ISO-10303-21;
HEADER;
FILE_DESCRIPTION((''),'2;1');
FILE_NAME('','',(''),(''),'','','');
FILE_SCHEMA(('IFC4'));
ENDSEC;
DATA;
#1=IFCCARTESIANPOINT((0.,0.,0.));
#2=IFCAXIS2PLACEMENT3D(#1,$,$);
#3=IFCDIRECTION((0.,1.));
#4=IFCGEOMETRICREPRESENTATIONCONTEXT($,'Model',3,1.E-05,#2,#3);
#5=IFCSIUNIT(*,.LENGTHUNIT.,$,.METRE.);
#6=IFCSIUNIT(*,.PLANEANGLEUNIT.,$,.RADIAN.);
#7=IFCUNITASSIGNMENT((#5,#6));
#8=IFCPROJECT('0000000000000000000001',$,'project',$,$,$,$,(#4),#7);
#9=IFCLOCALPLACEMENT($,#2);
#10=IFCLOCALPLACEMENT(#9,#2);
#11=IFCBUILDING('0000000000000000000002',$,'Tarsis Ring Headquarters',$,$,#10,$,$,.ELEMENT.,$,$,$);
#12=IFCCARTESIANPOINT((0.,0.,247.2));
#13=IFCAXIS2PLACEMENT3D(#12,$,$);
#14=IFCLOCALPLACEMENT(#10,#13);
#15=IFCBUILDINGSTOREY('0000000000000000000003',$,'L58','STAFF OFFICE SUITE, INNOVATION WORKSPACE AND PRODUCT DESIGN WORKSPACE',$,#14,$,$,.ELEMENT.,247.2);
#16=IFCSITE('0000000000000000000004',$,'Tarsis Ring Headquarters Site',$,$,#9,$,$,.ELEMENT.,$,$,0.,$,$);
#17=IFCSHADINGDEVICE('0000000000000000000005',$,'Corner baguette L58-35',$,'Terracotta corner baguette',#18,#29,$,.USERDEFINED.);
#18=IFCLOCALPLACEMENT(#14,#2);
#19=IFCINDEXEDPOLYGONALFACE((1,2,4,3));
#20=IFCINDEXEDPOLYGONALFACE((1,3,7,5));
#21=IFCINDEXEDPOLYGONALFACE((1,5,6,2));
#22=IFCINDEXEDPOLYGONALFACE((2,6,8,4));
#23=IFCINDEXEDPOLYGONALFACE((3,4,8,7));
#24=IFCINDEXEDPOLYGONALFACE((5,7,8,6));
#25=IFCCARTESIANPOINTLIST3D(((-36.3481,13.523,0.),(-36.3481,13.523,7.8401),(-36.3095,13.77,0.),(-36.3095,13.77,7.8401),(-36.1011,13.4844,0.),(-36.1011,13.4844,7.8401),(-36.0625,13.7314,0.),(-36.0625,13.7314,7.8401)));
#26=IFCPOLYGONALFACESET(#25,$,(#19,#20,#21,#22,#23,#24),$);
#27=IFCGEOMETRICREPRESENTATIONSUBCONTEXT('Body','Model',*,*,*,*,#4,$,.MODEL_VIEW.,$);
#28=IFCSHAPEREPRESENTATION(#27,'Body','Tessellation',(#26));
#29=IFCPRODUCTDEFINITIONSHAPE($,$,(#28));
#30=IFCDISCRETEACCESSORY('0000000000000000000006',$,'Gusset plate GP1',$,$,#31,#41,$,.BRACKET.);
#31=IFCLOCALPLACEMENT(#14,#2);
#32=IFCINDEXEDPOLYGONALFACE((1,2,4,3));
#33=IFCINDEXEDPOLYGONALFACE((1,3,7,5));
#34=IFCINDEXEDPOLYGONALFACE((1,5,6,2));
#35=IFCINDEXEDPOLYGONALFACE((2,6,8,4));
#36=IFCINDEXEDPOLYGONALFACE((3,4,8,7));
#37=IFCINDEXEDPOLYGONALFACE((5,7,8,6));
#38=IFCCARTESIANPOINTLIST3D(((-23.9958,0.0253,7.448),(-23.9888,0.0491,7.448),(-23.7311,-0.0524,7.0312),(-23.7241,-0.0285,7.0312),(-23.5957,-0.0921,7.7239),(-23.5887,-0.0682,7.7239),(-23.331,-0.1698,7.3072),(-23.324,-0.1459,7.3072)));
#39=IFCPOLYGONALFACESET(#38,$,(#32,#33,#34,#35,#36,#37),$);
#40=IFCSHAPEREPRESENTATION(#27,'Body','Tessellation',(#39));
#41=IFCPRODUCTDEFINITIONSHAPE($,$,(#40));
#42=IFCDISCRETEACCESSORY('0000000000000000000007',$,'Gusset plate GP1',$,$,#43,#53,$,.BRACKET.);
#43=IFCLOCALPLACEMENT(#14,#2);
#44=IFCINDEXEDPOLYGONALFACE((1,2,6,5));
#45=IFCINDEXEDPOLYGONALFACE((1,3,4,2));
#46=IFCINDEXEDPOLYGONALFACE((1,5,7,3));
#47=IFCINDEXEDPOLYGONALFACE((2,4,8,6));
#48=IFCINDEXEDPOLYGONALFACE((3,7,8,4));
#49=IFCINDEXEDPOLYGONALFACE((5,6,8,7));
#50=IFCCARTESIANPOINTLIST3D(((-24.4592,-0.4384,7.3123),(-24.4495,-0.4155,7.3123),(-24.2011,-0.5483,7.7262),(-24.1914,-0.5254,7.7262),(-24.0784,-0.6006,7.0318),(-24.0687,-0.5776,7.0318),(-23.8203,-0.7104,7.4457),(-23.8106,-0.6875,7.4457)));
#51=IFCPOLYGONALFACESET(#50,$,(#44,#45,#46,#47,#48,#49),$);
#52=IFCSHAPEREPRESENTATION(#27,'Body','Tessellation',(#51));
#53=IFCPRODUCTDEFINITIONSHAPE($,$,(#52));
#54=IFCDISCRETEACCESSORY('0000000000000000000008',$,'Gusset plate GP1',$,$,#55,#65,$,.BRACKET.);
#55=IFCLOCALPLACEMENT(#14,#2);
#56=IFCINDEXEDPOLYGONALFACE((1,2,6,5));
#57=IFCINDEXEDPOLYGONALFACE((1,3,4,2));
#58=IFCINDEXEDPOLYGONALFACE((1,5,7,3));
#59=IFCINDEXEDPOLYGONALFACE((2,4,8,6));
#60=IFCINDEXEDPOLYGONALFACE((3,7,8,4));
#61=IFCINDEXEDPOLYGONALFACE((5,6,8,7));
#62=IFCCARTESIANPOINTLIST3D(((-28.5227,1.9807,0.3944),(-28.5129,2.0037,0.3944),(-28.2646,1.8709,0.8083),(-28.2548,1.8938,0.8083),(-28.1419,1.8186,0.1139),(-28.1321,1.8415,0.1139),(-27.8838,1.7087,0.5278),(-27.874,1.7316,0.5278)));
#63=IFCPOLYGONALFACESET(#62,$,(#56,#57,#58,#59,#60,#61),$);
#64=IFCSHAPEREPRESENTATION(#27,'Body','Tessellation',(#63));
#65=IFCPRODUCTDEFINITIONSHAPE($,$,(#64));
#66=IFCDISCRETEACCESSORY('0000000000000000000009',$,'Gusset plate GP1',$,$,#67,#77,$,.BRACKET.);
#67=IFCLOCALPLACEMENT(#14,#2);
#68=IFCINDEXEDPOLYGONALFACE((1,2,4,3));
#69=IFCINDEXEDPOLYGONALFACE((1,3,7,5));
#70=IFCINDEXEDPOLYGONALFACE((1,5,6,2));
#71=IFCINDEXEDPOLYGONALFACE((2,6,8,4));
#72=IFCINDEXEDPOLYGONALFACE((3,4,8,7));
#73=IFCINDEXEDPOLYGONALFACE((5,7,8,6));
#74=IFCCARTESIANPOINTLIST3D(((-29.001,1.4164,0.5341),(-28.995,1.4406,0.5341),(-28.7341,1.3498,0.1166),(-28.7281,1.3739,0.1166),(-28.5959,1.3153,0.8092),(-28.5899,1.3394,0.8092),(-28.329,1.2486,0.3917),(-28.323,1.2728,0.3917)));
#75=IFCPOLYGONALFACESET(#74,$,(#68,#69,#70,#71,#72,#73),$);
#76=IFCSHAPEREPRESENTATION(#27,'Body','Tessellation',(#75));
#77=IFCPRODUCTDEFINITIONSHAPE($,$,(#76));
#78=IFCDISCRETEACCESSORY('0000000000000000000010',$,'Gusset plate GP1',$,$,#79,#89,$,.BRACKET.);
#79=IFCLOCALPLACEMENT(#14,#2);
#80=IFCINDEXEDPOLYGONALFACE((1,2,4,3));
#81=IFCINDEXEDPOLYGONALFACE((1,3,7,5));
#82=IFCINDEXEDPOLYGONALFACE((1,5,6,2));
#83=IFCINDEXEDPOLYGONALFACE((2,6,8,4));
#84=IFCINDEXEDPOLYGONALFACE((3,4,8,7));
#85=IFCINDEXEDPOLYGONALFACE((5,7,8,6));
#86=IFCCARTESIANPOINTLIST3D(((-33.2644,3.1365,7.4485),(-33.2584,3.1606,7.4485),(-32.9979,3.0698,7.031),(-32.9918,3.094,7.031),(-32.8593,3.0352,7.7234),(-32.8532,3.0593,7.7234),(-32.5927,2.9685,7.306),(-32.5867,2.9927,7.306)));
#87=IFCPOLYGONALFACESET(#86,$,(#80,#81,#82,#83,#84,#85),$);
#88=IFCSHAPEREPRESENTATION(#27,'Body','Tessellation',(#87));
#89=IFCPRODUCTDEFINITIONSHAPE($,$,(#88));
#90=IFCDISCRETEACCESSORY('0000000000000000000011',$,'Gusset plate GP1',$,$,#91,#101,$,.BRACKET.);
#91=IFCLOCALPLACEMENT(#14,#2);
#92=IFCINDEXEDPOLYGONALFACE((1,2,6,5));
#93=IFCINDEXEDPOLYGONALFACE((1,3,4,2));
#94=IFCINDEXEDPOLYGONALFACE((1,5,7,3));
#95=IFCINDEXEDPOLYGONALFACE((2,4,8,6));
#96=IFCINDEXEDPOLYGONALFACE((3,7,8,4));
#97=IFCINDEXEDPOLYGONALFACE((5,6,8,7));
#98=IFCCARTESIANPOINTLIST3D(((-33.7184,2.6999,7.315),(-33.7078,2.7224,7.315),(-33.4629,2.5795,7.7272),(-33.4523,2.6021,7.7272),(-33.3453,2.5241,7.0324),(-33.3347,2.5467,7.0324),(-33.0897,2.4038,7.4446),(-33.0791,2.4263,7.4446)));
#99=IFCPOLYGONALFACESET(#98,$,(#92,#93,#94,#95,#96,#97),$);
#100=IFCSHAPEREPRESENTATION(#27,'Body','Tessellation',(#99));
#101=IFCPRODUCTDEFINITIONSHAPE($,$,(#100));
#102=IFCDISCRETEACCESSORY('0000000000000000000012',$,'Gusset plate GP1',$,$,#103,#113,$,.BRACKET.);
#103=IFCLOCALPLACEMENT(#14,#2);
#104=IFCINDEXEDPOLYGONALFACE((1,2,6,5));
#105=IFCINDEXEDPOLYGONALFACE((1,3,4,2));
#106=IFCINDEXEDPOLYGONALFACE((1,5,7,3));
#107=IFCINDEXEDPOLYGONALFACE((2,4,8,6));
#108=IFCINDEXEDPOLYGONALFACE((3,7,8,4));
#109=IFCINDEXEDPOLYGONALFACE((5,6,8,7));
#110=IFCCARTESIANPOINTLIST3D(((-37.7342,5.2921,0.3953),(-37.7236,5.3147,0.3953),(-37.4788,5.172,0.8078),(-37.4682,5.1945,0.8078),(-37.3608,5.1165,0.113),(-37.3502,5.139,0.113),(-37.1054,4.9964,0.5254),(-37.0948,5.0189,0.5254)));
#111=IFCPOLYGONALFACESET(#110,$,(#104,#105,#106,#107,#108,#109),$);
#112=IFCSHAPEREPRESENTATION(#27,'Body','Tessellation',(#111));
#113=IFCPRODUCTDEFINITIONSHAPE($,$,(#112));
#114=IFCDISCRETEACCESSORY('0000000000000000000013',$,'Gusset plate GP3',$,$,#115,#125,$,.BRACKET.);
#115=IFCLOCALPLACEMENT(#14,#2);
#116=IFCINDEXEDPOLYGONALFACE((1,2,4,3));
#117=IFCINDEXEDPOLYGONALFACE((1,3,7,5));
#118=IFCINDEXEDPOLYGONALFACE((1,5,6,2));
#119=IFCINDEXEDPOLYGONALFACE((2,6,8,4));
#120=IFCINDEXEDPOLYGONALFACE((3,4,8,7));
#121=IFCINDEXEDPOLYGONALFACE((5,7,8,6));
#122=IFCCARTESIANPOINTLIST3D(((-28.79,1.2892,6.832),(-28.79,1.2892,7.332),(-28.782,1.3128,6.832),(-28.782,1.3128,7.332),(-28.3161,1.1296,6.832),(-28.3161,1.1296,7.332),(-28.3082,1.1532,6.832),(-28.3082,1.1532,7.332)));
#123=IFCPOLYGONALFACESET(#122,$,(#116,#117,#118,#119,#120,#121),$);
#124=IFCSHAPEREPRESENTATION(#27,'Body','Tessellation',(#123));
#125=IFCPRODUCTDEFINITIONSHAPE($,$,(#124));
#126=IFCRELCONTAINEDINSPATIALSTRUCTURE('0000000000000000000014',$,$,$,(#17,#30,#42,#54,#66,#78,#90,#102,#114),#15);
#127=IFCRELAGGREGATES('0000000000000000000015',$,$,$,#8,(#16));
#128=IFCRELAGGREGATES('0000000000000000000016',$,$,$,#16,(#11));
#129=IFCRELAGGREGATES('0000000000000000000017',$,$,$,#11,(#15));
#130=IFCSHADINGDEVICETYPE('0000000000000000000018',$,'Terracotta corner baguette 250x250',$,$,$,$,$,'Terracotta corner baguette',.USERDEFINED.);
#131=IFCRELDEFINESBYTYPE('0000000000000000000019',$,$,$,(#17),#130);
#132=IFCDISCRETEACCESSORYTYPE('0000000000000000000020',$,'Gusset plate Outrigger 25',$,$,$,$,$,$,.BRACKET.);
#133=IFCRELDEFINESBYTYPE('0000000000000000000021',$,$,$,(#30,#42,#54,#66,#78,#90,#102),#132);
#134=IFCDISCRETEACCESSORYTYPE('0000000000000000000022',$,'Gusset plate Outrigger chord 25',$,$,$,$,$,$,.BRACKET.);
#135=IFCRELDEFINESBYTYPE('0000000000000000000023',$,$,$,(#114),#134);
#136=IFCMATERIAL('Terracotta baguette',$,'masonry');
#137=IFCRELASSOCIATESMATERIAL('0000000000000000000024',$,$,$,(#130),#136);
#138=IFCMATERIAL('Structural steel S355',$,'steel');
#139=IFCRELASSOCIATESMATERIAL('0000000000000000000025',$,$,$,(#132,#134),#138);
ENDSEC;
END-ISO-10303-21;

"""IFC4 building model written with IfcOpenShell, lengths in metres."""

from ifc_helpers import new_model, si_unit, direction, frame, origin, origin_2d, place, context, subcontext, project, spatial, rectangle, extrude, material, material_profile, profile_set, type_object, element, save


model = new_model("IFC4")

# Units and contexts
model_context = context("Model", 3, precision=1e-05, world=origin(), true_north=direction((0.0, 1.0)))
body_context = subcontext(model_context, "Body", "Model", "MODEL_VIEW")
ifc_project = project(units=[si_unit("LENGTHUNIT", "METRE"), si_unit("PLANEANGLEUNIT", "RADIAN")], contexts=[model_context])

# Site, building, storey
site_placement = place(None, origin())
site = spatial("IfcSite", under=ifc_project, at=site_placement, Name="Tarsis Ring Headquarters Site", CompositionType="ELEMENT", RefElevation=0.0)
building_placement = place(site_placement, origin())
building = spatial("IfcBuilding", under=site, at=building_placement, Name="Tarsis Ring Headquarters", CompositionType="ELEMENT")
storey_placement = place(building_placement, frame((0.0, 0.0, 247.2)))
storey = spatial("IfcBuildingStorey", under=building, at=storey_placement, Name="L58", Description="STAFF OFFICE SUITE, INNOVATION WORKSPACE AND PRODUCT DESIGN WORKSPACE", CompositionType="ELEMENT", Elevation=247.2)

# Shared definitions
ifc_material_1 = material(Name="Structural steel S355", Category="steel")

# Shading device
ifc_material_2 = material(Name="Terracotta baguette", Category="masonry")
shading_device_type = type_object("IfcShadingDeviceType", Name="Terracotta corner baguette 250x250", ElementType="Terracotta corner baguette", PredefinedType="USERDEFINED", material=ifc_material_2)
shading_device_placement = place(storey_placement, frame((-36.2053, 13.6272, 0.0), z_axis=(0.0, 0.0, 1.0), x_axis=(-0.154365, -0.988014, 0.0)))
element("IfcShadingDevice", 1, at=shading_device_placement, inside=storey, type_object=shading_device_type, Name="Corner baguette L58-35", ObjectType="Terracotta corner baguette", PredefinedType="USERDEFINED", context=body_context, shape_type="SweptSolid", body=[
    extrude(rectangle(XDim=0.25, YDim=0.25, at=origin_2d()), origin(), (0.0, 0.0, 1.0), 7.8401),
])

# Discrete accessories
ifc_material_profile_1 = material_profile(ifc_material_1, rectangle(XDim=0.0249, YDim=0.5, at=origin_2d()), Name="PL 25x500")
ifc_profile_set_1 = profile_set([ifc_material_profile_1], Name="Structural steel S355")
discrete_accessory_type_1 = type_object("IfcDiscreteAccessoryType", Name="Gusset plate Outrigger 25", PredefinedType="BRACKET", material=ifc_profile_set_1)
discrete_accessory_1_placement = place(storey_placement, frame((-23.7922, -0.0215, 7.5859), z_axis=(0.529567, -0.155353, -0.833921), x_axis=(0.281495, 0.959563, 0.0)))
element("IfcDiscreteAccessory", 2, at=discrete_accessory_1_placement, inside=storey, type_object=discrete_accessory_type_1, Name="Gusset plate GP1", PredefinedType="BRACKET", context=body_context, shape_type="SweptSolid", body=[
    extrude(rectangle(XDim=0.0249, YDim=0.5, at=origin_2d()), origin(), (0.0, 0.0, 1.0), 0.4998),
])
for number, where, z_axis, x_axis, name in (
    (3, (-24.0059, -0.6179, 7.5859), (-0.516207, 0.219767, -0.827788), (-0.391712, -0.920088, 0.0), "Gusset plate GP1"),
    (4, (-28.3274, 1.9111, 0.2542), (0.516207, -0.219767, 0.827788), (0.391712, 0.920088, 0.0), "Gusset plate GP1"),
    (5, (-28.5286, 1.3113, 0.2542), (-0.533757, 0.133317, 0.835063), (-0.242327, -0.970195, 0.0), "Gusset plate GP1"),
):
    element("IfcDiscreteAccessory", number, at=place(storey_placement, frame(where, z_axis=z_axis, x_axis=x_axis)), inside=storey, type_object=discrete_accessory_type_1, Name=name, PredefinedType="BRACKET", context=body_context, shape_type="SweptSolid", body=[
        extrude(rectangle(XDim=0.0249, YDim=0.5, at=origin_2d()), origin(), (0.0, 0.0, 1.0), 0.5),
    ])
for number, where, z_axis, x_axis, name in (
    (6, (-33.0588, 3.0979, 7.5859), (0.533407, -0.133352, -0.835281), (0.242536, 0.970143, 0.0), "Gusset plate GP1"),
    (7, (-33.271, 2.5029, 7.5859), (-0.511372, 0.240789, -0.824936), (-0.426005, -0.904721, 0.0), "Gusset plate GP1"),
    (8, (-37.5422, 5.2156, 0.2542), (0.511071, -0.240389, 0.825239), (0.42563, 0.904897, 0.0), "Gusset plate GP1"),
):
    element("IfcDiscreteAccessory", number, at=place(storey_placement, frame(where, z_axis=z_axis, x_axis=x_axis)), inside=storey, type_object=discrete_accessory_type_1, Name=name, PredefinedType="BRACKET", context=body_context, shape_type="SweptSolid", body=[
        extrude(rectangle(XDim=0.0249, YDim=0.5, at=origin_2d()), origin(), (0.0, 0.0, 1.0), 0.4998),
    ])
discrete_accessory_type_2 = type_object("IfcDiscreteAccessoryType", Name="Gusset plate Outrigger chord 25", PredefinedType="BRACKET", material=ifc_profile_set_1)
discrete_accessory_2_placement = place(storey_placement, frame((-28.5491, 1.2212, 7.332), z_axis=(0.0, 0.0, -1.0), x_axis=(-0.319105, -0.947719, 0.0)))
element("IfcDiscreteAccessory", 9, at=discrete_accessory_2_placement, inside=storey, type_object=discrete_accessory_type_2, Name="Gusset plate GP3", PredefinedType="BRACKET", context=body_context, shape_type="SweptSolid", body=[
    extrude(rectangle(XDim=0.0249, YDim=0.5, at=origin_2d()), origin(), (0.0, 0.0, 1.0), 0.5),
])

save(model, "model.ifc")
